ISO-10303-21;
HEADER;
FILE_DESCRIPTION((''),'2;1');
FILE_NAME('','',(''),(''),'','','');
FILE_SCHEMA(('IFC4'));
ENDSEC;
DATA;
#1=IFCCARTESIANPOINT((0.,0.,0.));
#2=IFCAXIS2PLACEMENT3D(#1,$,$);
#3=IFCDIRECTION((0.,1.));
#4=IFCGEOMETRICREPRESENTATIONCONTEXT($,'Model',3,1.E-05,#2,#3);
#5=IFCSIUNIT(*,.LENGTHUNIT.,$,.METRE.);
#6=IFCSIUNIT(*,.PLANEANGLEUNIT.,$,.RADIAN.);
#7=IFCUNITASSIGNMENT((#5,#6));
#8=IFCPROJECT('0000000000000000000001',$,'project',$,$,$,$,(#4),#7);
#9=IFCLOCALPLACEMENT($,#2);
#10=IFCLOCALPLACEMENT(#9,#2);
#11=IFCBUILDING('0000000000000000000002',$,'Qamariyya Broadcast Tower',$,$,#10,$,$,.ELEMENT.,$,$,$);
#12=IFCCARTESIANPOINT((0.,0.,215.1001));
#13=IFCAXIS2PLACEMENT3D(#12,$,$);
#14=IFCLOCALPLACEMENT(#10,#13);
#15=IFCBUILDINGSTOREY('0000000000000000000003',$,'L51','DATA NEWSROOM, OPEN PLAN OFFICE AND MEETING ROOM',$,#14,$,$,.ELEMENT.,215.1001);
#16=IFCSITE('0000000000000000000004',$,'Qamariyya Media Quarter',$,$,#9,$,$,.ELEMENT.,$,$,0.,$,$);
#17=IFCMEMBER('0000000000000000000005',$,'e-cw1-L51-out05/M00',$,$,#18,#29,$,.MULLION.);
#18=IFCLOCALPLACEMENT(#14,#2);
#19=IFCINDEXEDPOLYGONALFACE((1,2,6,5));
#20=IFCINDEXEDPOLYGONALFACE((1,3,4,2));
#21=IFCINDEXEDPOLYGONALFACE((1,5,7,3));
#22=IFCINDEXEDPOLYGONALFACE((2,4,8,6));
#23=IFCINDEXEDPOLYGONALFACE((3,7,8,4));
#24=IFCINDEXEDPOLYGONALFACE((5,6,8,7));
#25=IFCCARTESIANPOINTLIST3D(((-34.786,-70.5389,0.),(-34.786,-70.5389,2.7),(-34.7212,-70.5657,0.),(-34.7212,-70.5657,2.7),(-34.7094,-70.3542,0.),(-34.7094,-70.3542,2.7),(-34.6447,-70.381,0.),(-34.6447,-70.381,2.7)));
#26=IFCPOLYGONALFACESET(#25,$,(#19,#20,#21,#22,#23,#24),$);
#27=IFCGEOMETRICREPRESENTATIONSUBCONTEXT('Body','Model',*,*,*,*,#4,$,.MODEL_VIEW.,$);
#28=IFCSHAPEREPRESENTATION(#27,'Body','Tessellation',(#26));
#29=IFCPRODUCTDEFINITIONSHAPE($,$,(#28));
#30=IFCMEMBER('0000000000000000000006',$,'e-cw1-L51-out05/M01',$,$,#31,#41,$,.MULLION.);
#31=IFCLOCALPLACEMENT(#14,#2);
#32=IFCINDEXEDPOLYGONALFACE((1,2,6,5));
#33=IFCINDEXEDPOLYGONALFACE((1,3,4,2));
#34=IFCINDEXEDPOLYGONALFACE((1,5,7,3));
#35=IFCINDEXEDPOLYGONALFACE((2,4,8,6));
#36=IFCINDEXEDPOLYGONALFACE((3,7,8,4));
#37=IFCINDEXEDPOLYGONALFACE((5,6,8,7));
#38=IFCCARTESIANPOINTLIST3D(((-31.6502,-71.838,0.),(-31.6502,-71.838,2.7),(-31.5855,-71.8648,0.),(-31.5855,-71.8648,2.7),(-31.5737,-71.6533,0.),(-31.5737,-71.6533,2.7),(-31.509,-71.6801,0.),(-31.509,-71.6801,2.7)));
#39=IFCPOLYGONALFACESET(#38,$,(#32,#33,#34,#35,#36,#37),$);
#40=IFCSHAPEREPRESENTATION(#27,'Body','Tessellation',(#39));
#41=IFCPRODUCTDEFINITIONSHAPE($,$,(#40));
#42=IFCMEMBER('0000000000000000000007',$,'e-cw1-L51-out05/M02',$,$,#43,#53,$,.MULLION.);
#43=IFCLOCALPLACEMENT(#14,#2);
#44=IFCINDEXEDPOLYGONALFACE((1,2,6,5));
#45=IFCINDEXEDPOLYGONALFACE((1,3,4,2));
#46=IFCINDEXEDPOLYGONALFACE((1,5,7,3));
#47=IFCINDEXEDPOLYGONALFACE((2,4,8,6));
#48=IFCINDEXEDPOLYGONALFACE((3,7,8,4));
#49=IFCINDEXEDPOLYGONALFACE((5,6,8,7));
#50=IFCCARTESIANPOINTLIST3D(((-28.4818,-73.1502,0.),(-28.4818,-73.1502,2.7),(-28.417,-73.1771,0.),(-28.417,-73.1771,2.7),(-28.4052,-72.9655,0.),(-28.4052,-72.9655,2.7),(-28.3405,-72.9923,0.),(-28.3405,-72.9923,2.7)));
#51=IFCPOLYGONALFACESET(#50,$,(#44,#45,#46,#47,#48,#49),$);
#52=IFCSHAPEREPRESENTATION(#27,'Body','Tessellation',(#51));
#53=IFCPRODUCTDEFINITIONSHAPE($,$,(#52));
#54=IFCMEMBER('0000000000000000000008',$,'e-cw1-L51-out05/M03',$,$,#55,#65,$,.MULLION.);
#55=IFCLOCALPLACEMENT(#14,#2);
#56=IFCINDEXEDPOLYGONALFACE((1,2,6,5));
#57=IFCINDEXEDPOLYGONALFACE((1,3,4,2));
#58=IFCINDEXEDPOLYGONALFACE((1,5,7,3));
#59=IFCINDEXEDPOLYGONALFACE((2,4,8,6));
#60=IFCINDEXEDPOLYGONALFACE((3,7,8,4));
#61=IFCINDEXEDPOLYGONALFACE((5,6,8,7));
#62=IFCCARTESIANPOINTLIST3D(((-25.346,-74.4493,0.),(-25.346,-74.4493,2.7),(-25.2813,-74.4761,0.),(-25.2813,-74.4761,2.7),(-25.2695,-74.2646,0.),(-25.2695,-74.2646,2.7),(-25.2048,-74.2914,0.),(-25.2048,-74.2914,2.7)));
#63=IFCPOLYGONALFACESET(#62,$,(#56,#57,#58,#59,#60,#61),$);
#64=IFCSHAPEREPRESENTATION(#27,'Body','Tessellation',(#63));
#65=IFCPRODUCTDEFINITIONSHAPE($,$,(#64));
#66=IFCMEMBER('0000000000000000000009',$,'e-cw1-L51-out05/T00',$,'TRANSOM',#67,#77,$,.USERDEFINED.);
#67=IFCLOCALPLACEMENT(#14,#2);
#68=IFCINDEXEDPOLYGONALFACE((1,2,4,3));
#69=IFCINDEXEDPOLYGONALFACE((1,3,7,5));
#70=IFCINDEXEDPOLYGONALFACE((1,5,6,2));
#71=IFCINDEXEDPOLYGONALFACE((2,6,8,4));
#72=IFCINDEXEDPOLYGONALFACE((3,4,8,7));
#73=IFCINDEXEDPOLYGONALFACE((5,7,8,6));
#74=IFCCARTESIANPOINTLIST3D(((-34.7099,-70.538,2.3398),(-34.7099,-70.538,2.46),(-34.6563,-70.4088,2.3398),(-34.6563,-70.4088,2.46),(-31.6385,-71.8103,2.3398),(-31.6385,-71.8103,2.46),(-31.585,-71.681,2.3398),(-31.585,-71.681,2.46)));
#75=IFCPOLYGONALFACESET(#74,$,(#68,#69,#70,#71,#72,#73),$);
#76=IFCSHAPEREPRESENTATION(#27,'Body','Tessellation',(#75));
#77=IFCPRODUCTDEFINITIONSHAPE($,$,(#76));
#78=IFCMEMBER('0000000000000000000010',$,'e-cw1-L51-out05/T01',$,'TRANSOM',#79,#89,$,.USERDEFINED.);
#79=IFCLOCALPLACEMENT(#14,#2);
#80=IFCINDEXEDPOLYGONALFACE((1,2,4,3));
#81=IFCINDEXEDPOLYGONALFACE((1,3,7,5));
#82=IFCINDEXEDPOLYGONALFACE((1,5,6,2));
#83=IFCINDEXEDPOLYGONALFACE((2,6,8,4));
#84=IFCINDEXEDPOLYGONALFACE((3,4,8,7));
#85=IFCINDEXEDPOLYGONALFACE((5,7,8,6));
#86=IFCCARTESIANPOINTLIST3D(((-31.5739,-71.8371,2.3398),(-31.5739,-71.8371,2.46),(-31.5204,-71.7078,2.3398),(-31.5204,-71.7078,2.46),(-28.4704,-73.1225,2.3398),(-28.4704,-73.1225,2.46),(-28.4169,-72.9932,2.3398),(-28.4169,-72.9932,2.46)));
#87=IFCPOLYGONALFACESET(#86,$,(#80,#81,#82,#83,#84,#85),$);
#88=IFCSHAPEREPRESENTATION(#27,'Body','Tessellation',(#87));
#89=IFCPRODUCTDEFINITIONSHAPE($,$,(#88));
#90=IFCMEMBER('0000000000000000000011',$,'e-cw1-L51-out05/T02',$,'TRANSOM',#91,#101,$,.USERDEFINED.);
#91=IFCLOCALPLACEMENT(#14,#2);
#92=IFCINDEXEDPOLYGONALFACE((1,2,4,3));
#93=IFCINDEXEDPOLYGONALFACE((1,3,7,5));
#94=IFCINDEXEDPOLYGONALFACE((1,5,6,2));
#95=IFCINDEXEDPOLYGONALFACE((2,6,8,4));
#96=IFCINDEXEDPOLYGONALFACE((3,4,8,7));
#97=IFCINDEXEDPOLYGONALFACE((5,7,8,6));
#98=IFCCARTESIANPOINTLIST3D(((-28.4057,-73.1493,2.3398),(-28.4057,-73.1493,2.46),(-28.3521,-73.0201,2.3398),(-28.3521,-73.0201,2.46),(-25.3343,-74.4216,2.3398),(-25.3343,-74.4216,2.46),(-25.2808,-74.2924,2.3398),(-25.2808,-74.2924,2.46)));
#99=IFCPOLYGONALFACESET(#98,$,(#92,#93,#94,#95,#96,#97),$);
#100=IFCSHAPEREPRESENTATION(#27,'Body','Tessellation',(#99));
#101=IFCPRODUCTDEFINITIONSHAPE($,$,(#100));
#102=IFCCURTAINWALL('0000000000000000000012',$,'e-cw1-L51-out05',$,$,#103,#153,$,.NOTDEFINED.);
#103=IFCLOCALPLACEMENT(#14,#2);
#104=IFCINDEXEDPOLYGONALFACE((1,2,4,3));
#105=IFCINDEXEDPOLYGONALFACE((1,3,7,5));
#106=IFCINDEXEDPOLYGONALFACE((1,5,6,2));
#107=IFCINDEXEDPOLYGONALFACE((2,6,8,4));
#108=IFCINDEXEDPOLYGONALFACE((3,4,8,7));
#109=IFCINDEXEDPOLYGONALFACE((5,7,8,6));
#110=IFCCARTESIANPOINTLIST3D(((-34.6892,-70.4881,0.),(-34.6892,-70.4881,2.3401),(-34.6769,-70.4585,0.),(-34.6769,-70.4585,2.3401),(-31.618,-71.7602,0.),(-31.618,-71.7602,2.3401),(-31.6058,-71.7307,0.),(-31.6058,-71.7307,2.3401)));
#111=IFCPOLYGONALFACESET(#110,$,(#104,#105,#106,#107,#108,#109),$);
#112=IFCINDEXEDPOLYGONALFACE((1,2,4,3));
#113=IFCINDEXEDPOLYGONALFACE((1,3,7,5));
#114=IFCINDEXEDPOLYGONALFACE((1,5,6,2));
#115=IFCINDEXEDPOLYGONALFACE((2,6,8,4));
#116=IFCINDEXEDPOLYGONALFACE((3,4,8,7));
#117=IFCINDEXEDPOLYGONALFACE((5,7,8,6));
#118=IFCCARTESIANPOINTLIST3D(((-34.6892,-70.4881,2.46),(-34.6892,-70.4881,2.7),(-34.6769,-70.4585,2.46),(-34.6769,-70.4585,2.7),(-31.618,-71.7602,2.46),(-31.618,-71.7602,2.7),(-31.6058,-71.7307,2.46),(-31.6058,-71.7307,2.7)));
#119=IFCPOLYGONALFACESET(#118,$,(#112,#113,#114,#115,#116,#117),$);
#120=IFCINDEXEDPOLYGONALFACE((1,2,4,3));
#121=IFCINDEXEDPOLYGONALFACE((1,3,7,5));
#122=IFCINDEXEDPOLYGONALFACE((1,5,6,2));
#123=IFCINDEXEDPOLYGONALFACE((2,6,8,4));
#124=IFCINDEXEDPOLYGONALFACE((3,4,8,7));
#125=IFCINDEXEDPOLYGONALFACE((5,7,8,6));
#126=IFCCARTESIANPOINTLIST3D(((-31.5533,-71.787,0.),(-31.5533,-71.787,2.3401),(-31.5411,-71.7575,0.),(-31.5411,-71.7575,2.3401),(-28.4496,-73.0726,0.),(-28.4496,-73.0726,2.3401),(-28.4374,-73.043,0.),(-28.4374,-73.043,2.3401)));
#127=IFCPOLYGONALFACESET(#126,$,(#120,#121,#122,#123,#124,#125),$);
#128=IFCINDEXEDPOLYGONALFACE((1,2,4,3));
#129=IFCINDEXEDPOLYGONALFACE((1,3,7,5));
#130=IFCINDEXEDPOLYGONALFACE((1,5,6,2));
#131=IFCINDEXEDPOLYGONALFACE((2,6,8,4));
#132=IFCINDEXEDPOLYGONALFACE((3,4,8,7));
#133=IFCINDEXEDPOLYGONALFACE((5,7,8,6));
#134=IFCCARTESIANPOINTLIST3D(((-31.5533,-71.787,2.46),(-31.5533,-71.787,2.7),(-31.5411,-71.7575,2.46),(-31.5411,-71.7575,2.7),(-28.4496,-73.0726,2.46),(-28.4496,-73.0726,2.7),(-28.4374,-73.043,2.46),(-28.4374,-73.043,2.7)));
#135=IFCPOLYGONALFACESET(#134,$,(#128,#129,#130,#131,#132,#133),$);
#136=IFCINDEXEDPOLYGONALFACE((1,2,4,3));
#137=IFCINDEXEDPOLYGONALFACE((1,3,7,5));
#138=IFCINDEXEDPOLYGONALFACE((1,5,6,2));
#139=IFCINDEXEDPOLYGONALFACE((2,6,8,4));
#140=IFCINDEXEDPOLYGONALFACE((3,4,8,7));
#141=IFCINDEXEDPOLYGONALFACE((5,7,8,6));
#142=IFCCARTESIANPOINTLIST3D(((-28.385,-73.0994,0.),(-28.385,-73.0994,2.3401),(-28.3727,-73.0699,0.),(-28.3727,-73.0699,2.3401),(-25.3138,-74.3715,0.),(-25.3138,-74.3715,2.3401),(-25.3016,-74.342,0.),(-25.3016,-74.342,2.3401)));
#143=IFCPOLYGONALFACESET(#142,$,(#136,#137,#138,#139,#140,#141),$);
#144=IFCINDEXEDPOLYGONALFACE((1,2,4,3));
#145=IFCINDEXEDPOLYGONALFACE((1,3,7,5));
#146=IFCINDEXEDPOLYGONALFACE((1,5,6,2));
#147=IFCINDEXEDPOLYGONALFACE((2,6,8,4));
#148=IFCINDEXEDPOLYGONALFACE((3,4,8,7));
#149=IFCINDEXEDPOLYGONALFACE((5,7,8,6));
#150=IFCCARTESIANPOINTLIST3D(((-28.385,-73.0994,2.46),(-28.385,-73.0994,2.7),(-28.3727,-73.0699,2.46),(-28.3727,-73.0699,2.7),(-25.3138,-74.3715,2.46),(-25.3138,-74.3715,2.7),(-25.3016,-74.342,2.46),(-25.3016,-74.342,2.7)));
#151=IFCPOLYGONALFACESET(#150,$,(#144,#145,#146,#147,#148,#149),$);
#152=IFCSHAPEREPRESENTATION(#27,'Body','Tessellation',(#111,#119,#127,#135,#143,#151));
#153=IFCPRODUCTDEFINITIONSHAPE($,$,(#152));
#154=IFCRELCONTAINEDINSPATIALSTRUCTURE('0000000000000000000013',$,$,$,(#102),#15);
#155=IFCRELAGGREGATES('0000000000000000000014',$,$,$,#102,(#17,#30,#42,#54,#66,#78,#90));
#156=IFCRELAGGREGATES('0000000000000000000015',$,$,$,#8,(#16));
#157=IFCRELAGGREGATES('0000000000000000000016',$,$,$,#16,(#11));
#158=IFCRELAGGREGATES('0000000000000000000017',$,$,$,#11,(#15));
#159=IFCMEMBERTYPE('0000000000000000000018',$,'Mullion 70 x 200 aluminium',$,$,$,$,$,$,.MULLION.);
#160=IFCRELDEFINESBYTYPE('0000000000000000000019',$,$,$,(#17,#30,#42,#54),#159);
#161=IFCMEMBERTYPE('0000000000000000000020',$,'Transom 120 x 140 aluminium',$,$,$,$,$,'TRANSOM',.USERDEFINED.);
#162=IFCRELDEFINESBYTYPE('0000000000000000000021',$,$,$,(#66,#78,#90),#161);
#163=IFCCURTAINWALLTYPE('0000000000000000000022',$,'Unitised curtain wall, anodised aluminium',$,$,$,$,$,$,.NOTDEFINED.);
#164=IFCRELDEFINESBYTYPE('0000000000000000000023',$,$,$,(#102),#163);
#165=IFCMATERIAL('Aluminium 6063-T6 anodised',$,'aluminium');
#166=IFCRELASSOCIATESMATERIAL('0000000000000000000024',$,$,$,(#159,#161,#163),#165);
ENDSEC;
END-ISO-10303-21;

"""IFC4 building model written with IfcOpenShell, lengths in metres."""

from ifc_helpers import new_model, si_unit, direction, frame, origin, origin_2d, place, context, subcontext, project, spatial, rectangle, extrude, material, material_profile, profile_set, type_object, element, aggregate, save


model = new_model("IFC4")

# Units and contexts
model_context = context("Model", 3, precision=1e-05, world=origin(), true_north=direction((0.0, 1.0)))
body_context = subcontext(model_context, "Body", "Model", "MODEL_VIEW")
ifc_project = project(units=[si_unit("LENGTHUNIT", "METRE"), si_unit("PLANEANGLEUNIT", "RADIAN")], contexts=[model_context])

# Members
ifc_material = material(Name="Aluminium 6063-T6 anodised", Category="aluminium")
ifc_material_profile_1 = material_profile(ifc_material, rectangle(XDim=0.2, YDim=0.0701, at=origin_2d()))
ifc_profile_set_1 = profile_set([ifc_material_profile_1], Name="Aluminium 6063-T6 anodised")
member_type_1 = type_object("IfcMemberType", Name="Mullion 70 x 200 aluminium", PredefinedType="MULLION", material=ifc_profile_set_1)
site_placement = place(None, origin())
building_placement = place(site_placement, origin())
storey_placement = place(building_placement, frame((0.0, 0.0, 215.1001)))
member_1_placement = place(storey_placement, frame((-34.7153, -70.46, 0.0), z_axis=(0.0, 0.0, 1.0), x_axis=(0.382683, 0.92388, 0.0)))
member_1 = element("IfcMember", 1, at=member_1_placement, type_object=member_type_1, Name="e-cw1-L51-out05/M00", PredefinedType="MULLION", context=body_context, shape_type="SweptSolid", body=[
    extrude(rectangle(XDim=0.2, YDim=0.0701, at=origin_2d()), origin(), (0.0, 0.0, 1.0), 2.7),
])
member_2_placement = place(storey_placement, frame((-31.5796, -71.759, 0.0), z_axis=(0.0, 0.0, 1.0), x_axis=(0.382683, 0.92388, 0.0)))
member_2 = element("IfcMember", 2, at=member_2_placement, type_object=member_type_1, Name="e-cw1-L51-out05/M01", PredefinedType="MULLION", context=body_context, shape_type="SweptSolid", body=[
    extrude(rectangle(XDim=0.2, YDim=0.0701, at=origin_2d()), origin(), (0.0, 0.0, 1.0), 2.7),
])
member_3_placement = place(storey_placement, frame((-28.4111, -73.0713, 0.0), z_axis=(0.0, 0.0, 1.0), x_axis=(0.382683, 0.92388, 0.0)))
member_3 = element("IfcMember", 3, at=member_3_placement, type_object=member_type_1, Name="e-cw1-L51-out05/M02", PredefinedType="MULLION", context=body_context, shape_type="SweptSolid", body=[
    extrude(rectangle(XDim=0.2, YDim=0.0701, at=origin_2d()), origin(), (0.0, 0.0, 1.0), 2.7),
])
member_4_placement = place(storey_placement, frame((-25.2754, -74.3704, 0.0), z_axis=(0.0, 0.0, 1.0), x_axis=(0.382683, 0.92388, 0.0)))
member_4 = element("IfcMember", 4, at=member_4_placement, type_object=member_type_1, Name="e-cw1-L51-out05/M03", PredefinedType="MULLION", context=body_context, shape_type="SweptSolid", body=[
    extrude(rectangle(XDim=0.2, YDim=0.0701, at=origin_2d()), origin(), (0.0, 0.0, 1.0), 2.7),
])
ifc_material_profile_2 = material_profile(ifc_material, rectangle(XDim=0.1399, YDim=0.1201, at=origin_2d()))
ifc_profile_set_2 = profile_set([ifc_material_profile_2], Name="Aluminium 6063-T6 anodised")
member_type_2 = type_object("IfcMemberType", Name="Transom 120 x 140 aluminium", ElementType="TRANSOM", PredefinedType="USERDEFINED", material=ifc_profile_set_2)
member_5_placement = place(storey_placement, frame((-34.6831, -70.4734, 2.3999), z_axis=(0.923875, -0.382696, 0.0), x_axis=(0.382696, 0.923875, 0.0)))
member_5 = element("IfcMember", 5, at=member_5_placement, type_object=member_type_2, Name="e-cw1-L51-out05/T00", ObjectType="TRANSOM", PredefinedType="USERDEFINED", context=body_context, shape_type="SweptSolid", body=[
    extrude(rectangle(XDim=0.1399, YDim=0.1201, at=origin_2d()), origin(), (0.0, 0.0, 1.0), 3.3245),
])
member_6_placement = place(storey_placement, frame((-31.5471, -71.7725, 2.3999), z_axis=(0.923892, -0.382653, 0.0), x_axis=(0.382653, 0.923892, 0.0)))
member_6 = element("IfcMember", 6, at=member_6_placement, type_object=member_type_2, Name="e-cw1-L51-out05/T01", ObjectType="TRANSOM", PredefinedType="USERDEFINED", context=body_context, shape_type="SweptSolid", body=[
    extrude(rectangle(XDim=0.1399, YDim=0.1201, at=origin_2d()), origin(), (0.0, 0.0, 1.0), 3.3591),
])
member_7_placement = place(storey_placement, frame((-28.3789, -73.0847, 2.3999), z_axis=(0.923875, -0.382696, 0.0), x_axis=(0.382696, 0.923875, 0.0)))
member_7 = element("IfcMember", 7, at=member_7_placement, type_object=member_type_2, Name="e-cw1-L51-out05/T02", ObjectType="TRANSOM", PredefinedType="USERDEFINED", context=body_context, shape_type="SweptSolid", body=[
    extrude(rectangle(XDim=0.1399, YDim=0.1201, at=origin_2d()), origin(), (0.0, 0.0, 1.0), 3.3245),
])

# Site, building, storey
site = spatial("IfcSite", under=ifc_project, at=site_placement, Name="Qamariyya Media Quarter", CompositionType="ELEMENT", RefElevation=0.0)
building = spatial("IfcBuilding", under=site, at=building_placement, Name="Qamariyya Broadcast Tower", CompositionType="ELEMENT")
storey = spatial("IfcBuildingStorey", under=building, at=storey_placement, Name="L51", Description="DATA NEWSROOM, OPEN PLAN OFFICE AND MEETING ROOM", CompositionType="ELEMENT", Elevation=215.1001)

# Curtain wall
curtain_wall_type = type_object("IfcCurtainWallType", Name="Unitised curtain wall, anodised aluminium", PredefinedType="NOTDEFINED", material=ifc_material)
curtain_wall_1_placement = place(storey_placement, origin())
curtain_wall_1 = element("IfcCurtainWall", 8, at=curtain_wall_1_placement, inside=storey, type_object=curtain_wall_type, Name="e-cw1-L51-out05", PredefinedType="NOTDEFINED", context=body_context, shape_type="SweptSolid", body=[
    extrude(rectangle(XDim=3.3242, YDim=0.032, at=origin_2d()), frame((-33.1475, -71.1094, 0.0), x_axis=(0.923881, -0.38268, 0.0)), (0.0, 0.0, 1.0), 2.3401),
    extrude(rectangle(XDim=3.3242, YDim=0.032, at=origin_2d()), frame((-33.1475, -71.1094, 2.46), x_axis=(0.923881, -0.38268, 0.0)), (0.0, 0.0, 1.0), 0.24),
    extrude(rectangle(XDim=3.3594, YDim=0.032, at=origin_2d()), frame((-29.9954, -72.415, 0.0), x_axis=(0.923881, -0.38268, 0.0)), (0.0, 0.0, 1.0), 2.3401),
    extrude(rectangle(XDim=3.3594, YDim=0.032, at=origin_2d()), frame((-29.9954, -72.415, 2.46), x_axis=(0.923881, -0.38268, 0.0)), (0.0, 0.0, 1.0), 0.24),
    extrude(rectangle(XDim=3.3242, YDim=0.032, at=origin_2d()), frame((-26.8433, -73.7207, 0.0), x_axis=(0.923881, -0.38268, 0.0)), (0.0, 0.0, 1.0), 2.3401),
    extrude(rectangle(XDim=3.3242, YDim=0.032, at=origin_2d()), frame((-26.8433, -73.7207, 2.46), x_axis=(0.923881, -0.38268, 0.0)), (0.0, 0.0, 1.0), 0.24),
])
aggregate(curtain_wall_1, [member_1, member_2, member_3, member_4, member_5, member_6, member_7])

save(model, "model.ifc")
